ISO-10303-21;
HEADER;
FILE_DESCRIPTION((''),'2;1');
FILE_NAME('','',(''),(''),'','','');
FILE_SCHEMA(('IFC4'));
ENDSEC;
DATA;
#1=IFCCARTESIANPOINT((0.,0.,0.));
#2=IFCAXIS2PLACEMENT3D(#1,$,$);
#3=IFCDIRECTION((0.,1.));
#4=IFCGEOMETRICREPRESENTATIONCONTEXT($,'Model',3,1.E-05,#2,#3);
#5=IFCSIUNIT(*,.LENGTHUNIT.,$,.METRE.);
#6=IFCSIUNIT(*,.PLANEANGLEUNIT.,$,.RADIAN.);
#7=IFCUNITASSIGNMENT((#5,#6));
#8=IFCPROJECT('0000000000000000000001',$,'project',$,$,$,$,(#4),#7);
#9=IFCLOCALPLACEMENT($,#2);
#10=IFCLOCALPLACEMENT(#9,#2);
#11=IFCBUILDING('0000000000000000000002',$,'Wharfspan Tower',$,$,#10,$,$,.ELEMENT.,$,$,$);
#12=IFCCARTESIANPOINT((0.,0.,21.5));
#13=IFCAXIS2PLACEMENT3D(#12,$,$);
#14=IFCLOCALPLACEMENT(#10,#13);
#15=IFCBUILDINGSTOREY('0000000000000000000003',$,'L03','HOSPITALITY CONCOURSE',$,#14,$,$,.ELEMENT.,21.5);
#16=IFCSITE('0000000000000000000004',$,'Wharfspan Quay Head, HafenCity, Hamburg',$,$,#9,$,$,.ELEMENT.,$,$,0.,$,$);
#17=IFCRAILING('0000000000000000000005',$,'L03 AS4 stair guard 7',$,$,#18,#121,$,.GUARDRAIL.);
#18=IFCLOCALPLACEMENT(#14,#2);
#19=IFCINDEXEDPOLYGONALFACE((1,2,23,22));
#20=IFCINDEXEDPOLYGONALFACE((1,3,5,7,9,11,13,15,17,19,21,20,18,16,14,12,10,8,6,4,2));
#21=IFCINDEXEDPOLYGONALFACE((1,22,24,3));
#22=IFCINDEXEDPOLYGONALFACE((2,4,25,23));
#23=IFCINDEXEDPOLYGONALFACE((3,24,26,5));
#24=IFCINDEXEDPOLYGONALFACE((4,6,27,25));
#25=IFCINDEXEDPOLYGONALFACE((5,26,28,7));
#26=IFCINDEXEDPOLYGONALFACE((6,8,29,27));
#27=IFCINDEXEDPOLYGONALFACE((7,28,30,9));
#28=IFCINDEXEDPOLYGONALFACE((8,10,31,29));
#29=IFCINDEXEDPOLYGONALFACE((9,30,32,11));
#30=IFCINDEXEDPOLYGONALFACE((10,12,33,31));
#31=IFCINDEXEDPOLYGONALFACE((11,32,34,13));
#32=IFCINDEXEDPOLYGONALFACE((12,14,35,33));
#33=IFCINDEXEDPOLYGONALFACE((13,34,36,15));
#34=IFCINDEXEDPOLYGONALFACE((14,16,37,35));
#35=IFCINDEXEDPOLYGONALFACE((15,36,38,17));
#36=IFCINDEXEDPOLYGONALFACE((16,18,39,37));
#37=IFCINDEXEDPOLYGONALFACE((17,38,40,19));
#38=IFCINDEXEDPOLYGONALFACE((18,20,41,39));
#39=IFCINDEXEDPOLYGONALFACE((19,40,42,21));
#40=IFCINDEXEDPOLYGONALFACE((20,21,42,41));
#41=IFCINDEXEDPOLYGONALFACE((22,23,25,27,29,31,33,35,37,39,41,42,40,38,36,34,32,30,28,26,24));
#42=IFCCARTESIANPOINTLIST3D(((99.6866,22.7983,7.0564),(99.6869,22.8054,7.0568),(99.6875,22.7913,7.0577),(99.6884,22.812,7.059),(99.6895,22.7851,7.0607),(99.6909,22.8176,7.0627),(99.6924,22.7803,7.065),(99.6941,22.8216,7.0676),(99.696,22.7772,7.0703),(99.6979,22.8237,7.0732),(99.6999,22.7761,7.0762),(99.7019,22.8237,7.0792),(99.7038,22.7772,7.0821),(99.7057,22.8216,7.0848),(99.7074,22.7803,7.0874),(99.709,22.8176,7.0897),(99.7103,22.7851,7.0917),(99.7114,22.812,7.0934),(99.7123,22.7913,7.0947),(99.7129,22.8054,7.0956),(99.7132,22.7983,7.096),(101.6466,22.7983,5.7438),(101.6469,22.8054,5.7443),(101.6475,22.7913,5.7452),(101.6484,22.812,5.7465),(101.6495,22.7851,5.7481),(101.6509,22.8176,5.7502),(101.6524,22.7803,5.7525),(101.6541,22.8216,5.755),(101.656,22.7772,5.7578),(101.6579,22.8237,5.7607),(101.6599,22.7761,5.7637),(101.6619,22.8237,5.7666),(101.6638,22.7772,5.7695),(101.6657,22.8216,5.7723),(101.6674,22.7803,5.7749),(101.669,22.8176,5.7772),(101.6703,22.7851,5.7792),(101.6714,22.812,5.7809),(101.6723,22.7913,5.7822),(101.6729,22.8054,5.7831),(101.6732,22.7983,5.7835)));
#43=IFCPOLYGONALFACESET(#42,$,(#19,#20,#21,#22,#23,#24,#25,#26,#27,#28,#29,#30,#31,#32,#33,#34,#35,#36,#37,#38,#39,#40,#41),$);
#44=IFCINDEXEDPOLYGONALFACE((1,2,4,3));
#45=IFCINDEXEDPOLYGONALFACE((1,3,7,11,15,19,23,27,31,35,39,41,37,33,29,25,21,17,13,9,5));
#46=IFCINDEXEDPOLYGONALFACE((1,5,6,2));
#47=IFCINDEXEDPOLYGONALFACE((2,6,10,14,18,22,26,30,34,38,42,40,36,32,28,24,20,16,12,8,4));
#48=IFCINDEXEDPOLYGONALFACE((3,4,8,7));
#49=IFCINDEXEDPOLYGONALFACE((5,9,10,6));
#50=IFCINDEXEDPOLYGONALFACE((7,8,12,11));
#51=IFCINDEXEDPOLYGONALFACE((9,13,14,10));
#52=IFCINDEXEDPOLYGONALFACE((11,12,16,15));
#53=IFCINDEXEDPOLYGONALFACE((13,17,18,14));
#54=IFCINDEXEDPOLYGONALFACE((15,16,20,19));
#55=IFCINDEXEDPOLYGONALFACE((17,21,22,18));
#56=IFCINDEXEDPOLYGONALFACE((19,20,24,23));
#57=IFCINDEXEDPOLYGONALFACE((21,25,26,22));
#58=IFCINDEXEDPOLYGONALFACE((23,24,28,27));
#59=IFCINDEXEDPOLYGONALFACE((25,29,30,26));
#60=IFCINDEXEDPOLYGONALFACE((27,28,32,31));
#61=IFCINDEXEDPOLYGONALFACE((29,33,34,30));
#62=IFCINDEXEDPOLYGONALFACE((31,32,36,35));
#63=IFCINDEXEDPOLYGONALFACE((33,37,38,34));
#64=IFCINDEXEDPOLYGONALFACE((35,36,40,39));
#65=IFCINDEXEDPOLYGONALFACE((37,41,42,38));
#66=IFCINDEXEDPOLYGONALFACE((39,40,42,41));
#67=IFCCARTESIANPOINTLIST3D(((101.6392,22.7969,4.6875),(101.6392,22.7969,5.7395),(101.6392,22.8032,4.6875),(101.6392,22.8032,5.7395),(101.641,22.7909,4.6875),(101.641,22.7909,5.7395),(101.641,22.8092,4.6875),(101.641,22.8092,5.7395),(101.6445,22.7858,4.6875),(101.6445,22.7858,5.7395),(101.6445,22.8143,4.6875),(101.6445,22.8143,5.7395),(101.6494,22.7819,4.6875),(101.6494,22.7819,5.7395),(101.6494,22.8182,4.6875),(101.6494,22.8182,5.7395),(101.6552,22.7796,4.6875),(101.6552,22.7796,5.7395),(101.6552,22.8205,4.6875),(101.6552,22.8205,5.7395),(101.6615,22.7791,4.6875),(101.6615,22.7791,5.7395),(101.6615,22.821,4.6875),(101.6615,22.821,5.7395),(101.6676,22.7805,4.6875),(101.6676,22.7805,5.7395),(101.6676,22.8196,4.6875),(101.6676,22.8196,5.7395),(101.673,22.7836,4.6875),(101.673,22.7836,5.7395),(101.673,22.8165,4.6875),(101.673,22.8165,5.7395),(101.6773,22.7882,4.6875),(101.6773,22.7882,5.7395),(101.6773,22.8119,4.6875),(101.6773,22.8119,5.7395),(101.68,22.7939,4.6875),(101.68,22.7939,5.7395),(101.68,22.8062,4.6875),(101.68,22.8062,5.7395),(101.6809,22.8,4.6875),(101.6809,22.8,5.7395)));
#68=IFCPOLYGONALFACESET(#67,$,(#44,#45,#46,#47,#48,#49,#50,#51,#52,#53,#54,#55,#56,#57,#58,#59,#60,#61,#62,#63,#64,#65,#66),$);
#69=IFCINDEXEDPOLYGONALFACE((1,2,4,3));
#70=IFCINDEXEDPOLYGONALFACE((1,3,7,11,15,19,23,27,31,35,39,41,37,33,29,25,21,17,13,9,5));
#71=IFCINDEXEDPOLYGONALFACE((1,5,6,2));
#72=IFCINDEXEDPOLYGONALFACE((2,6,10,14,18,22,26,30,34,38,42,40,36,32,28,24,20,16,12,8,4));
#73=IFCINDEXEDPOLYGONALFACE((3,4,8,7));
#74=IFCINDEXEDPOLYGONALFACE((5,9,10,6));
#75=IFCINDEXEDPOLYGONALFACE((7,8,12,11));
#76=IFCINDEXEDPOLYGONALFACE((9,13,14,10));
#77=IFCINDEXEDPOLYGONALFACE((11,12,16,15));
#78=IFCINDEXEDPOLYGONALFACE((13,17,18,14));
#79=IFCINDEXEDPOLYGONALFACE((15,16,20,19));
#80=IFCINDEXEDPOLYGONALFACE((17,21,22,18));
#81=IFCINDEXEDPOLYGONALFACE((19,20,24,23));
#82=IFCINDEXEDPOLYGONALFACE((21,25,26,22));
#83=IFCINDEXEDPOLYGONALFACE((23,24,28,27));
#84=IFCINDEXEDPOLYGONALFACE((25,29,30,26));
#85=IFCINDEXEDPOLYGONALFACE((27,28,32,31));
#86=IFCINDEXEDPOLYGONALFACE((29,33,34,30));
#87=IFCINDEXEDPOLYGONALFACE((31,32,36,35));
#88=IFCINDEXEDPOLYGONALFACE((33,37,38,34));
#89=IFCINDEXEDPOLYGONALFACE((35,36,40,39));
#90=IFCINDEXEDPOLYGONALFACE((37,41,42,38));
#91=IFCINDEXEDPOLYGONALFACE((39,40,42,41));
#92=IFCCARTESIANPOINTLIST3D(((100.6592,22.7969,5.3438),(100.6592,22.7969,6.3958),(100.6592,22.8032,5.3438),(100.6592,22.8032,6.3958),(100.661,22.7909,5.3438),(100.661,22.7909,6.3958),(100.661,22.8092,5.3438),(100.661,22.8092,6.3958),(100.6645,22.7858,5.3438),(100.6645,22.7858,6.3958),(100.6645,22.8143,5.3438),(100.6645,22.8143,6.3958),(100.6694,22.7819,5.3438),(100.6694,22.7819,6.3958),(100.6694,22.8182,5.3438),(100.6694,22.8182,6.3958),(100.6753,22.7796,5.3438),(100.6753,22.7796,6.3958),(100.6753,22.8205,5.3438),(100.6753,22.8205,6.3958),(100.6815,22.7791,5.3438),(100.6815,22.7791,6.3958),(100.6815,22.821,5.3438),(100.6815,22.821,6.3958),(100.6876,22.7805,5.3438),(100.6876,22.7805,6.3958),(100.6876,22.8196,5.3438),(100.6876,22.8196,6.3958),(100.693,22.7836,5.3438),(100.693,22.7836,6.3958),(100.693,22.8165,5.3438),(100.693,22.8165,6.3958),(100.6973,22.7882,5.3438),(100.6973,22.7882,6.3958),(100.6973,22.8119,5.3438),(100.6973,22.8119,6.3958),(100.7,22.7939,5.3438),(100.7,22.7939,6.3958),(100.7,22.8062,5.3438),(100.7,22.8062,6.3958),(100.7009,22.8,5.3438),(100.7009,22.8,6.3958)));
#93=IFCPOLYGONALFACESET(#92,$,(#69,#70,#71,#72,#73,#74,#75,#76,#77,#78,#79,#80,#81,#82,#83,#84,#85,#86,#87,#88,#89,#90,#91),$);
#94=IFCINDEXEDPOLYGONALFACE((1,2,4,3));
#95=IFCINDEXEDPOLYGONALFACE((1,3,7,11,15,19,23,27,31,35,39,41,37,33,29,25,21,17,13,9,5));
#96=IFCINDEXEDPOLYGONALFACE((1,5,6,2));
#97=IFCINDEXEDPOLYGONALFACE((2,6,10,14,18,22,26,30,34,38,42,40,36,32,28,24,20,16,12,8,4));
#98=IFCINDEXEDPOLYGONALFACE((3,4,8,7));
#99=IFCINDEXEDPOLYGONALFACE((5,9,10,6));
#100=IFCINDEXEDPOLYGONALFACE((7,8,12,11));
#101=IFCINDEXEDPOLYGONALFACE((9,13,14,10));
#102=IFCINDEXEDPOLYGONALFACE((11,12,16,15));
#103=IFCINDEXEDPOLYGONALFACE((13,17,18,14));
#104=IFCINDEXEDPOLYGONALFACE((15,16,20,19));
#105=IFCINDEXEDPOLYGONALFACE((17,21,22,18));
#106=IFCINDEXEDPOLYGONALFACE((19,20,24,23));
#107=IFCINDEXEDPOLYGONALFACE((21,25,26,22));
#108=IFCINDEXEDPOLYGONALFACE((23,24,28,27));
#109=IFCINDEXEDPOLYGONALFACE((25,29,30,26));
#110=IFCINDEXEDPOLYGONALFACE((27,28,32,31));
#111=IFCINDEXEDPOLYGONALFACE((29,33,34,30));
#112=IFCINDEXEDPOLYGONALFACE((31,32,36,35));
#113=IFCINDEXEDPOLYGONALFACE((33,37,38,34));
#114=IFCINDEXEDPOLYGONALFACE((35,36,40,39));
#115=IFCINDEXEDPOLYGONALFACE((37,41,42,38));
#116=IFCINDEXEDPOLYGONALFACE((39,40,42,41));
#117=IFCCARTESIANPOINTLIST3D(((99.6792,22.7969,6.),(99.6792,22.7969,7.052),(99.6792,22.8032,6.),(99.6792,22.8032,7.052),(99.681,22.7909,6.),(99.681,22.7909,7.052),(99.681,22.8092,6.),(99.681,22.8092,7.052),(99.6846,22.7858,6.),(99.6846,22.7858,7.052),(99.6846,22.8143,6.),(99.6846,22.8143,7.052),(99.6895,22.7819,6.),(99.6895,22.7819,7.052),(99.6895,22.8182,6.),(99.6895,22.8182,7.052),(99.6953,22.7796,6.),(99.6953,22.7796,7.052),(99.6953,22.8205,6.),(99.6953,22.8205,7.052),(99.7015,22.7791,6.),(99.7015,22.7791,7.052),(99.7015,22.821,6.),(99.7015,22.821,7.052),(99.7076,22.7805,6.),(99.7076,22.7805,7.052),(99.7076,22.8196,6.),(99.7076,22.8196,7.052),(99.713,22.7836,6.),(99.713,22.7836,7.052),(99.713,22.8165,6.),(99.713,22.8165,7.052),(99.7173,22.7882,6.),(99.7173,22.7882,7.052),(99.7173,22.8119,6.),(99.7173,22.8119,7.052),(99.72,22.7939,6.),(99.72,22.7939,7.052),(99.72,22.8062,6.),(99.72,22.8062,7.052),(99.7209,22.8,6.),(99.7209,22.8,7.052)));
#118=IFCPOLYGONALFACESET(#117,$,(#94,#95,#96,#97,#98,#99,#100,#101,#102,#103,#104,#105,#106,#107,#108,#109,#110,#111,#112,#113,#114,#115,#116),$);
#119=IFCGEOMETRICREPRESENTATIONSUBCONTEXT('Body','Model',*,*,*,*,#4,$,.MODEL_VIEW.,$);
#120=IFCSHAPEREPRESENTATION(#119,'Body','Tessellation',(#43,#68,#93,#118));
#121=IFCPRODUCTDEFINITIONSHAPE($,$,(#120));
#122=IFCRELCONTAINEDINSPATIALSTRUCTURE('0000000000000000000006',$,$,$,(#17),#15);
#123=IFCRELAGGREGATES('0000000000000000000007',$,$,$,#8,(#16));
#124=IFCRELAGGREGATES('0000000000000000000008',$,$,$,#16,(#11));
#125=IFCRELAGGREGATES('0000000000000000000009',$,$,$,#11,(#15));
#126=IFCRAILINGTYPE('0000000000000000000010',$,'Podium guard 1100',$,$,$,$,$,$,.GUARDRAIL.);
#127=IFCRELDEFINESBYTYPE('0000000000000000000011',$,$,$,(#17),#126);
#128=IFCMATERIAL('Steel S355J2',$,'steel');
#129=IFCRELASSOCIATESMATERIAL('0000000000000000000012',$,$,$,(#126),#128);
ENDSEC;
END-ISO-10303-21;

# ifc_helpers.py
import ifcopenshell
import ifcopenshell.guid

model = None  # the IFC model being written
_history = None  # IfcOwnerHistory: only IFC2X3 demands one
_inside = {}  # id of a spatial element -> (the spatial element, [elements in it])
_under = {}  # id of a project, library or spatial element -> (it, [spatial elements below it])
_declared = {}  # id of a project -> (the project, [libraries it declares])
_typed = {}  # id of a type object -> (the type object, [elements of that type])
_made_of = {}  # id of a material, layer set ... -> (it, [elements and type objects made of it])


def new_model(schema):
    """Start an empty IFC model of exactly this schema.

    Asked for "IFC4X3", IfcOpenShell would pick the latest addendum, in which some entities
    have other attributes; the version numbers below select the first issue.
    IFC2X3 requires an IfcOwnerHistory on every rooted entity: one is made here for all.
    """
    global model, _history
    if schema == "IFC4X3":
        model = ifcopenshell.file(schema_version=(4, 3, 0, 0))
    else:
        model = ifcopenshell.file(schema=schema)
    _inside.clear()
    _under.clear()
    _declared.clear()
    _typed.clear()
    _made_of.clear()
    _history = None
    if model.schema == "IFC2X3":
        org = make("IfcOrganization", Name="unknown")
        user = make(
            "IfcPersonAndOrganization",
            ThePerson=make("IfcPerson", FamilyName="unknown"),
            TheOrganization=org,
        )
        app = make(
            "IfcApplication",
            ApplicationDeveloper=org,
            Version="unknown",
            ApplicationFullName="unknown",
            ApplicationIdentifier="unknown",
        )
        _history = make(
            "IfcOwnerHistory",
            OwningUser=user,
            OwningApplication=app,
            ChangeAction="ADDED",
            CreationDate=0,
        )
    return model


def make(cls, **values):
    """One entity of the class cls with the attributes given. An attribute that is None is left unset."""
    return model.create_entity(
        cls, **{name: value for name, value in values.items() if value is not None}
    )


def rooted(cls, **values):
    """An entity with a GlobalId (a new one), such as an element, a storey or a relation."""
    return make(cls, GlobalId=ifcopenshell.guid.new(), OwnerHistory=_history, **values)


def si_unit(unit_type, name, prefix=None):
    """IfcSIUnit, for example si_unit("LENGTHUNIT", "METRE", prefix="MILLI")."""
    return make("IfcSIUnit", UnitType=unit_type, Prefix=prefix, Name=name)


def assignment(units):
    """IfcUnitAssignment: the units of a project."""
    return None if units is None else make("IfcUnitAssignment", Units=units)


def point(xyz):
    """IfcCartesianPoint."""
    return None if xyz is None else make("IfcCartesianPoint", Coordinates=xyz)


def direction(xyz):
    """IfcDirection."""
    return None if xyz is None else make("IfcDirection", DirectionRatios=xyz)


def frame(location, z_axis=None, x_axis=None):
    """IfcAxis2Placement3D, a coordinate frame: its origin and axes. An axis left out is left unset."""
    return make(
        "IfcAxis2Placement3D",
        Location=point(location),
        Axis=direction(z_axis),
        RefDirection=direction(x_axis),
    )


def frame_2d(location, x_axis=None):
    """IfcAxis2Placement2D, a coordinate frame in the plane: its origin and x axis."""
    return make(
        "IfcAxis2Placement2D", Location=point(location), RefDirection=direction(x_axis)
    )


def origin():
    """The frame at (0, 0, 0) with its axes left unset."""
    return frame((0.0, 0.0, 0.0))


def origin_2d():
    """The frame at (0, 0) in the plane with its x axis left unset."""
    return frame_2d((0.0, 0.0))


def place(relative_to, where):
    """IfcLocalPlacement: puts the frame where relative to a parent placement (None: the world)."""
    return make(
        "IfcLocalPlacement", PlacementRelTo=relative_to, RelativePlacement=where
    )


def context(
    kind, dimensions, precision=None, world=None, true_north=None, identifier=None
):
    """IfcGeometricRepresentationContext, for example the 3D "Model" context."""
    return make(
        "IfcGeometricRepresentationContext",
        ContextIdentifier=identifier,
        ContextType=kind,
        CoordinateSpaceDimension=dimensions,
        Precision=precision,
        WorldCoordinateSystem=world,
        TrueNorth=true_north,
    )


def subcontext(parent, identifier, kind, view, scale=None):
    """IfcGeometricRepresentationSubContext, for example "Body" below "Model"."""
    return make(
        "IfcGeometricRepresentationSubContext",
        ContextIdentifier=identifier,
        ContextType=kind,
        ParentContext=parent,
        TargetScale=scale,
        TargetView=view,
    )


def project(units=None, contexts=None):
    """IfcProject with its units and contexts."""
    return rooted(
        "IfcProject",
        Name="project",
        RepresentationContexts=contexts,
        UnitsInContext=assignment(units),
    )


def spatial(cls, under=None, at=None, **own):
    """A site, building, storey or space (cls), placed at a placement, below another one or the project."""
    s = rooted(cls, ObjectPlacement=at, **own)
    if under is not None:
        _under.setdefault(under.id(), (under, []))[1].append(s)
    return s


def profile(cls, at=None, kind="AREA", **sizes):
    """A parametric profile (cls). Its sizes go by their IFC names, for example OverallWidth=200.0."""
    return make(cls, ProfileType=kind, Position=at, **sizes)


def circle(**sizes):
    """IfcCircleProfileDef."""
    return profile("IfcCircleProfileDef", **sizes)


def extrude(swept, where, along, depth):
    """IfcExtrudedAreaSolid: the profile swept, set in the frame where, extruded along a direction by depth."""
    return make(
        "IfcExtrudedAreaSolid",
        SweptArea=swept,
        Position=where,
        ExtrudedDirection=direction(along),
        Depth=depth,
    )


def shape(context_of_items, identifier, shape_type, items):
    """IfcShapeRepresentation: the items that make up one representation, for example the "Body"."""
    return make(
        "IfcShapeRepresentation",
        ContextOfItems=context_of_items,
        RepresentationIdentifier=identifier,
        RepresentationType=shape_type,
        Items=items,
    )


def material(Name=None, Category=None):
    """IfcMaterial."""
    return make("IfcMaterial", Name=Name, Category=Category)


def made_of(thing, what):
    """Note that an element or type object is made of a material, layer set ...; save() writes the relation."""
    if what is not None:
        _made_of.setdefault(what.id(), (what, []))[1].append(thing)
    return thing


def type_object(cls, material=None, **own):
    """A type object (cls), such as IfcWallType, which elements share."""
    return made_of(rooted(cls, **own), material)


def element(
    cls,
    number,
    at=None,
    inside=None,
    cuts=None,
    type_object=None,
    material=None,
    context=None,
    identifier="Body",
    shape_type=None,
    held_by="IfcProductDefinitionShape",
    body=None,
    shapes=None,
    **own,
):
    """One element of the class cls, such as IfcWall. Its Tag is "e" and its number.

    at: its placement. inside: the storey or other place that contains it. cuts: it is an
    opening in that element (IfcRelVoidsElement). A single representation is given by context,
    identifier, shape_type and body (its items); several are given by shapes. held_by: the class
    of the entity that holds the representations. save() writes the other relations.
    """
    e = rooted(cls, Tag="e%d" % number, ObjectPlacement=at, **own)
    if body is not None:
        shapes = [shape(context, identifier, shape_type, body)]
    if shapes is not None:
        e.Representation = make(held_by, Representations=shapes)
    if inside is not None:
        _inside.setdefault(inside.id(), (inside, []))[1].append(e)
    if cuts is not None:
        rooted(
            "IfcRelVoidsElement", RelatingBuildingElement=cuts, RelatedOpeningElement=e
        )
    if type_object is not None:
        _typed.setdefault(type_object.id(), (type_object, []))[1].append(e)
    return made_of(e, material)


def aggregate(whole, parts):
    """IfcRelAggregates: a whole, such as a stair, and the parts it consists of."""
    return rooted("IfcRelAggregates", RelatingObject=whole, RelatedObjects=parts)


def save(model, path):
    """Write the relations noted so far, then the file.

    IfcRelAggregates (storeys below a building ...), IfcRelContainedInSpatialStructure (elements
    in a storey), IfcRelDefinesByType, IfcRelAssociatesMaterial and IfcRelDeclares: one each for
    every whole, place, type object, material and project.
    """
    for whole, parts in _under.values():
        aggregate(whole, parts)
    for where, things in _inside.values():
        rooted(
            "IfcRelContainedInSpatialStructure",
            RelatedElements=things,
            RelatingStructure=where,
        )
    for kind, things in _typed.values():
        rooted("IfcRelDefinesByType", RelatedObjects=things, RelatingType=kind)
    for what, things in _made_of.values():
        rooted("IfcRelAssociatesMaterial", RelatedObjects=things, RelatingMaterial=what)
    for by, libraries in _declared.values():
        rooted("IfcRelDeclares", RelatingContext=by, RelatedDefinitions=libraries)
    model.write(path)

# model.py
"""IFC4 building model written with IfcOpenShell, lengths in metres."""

from ifc_helpers import new_model, si_unit, direction, frame, origin, origin_2d, place, context, subcontext, project, spatial, circle, extrude, material, type_object, element, save


model = new_model("IFC4")

# Units and contexts
model_context = context("Model", 3, precision=1e-05, world=origin(), true_north=direction((0.0, 1.0)))
body_context = subcontext(model_context, "Body", "Model", "MODEL_VIEW")
ifc_project = project(units=[si_unit("LENGTHUNIT", "METRE"), si_unit("PLANEANGLEUNIT", "RADIAN")], contexts=[model_context])

# Site, building, storey
site_placement = place(None, origin())
site = spatial("IfcSite", under=ifc_project, at=site_placement, Name="Wharfspan Quay Head, HafenCity, Hamburg", CompositionType="ELEMENT", RefElevation=0.0)
building_placement = place(site_placement, origin())
building = spatial("IfcBuilding", under=site, at=building_placement, Name="Wharfspan Tower", CompositionType="ELEMENT")
storey_placement = place(building_placement, frame((0.0, 0.0, 21.5)))
storey = spatial("IfcBuildingStorey", under=building, at=storey_placement, Name="L03", Description="HOSPITALITY CONCOURSE", CompositionType="ELEMENT", Elevation=21.5)

# Railing
ifc_material_1 = material(Name="Steel S355J2", Category="steel")
railing_type_1 = type_object("IfcRailingType", Name="Podium guard 1100", PredefinedType="GUARDRAIL", material=ifc_material_1)
railing_1_placement = place(storey_placement, frame((101.6599, 22.8, 4.6875)))
element("IfcRailing", 1, at=railing_1_placement, inside=storey, type_object=railing_type_1, Name="L03 AS4 stair guard 7", PredefinedType="GUARDRAIL", context=body_context, shape_type="SweptSolid", body=[
    extrude(circle(Radius=0.0239, at=origin_2d()), frame((0.0, 0.0, 1.0762), z_axis=(-0.830902, 0.0, 0.556419), x_axis=(0.0, -1.0, 0.0)), (0.0, 0.0, 1.0), 2.3589),
    extrude(circle(Radius=0.021, at=origin_2d()), origin(), (0.0, 0.0, 1.0), 1.052),
    extrude(circle(Radius=0.021, at=origin_2d()), frame((-0.98, 0.0, 0.6562)), (0.0, 0.0, 1.0), 1.052),
    extrude(circle(Radius=0.021, at=origin_2d()), frame((-1.96, 0.0, 1.3125)), (0.0, 0.0, 1.0), 1.052),
])

save(model, "model.ifc")
